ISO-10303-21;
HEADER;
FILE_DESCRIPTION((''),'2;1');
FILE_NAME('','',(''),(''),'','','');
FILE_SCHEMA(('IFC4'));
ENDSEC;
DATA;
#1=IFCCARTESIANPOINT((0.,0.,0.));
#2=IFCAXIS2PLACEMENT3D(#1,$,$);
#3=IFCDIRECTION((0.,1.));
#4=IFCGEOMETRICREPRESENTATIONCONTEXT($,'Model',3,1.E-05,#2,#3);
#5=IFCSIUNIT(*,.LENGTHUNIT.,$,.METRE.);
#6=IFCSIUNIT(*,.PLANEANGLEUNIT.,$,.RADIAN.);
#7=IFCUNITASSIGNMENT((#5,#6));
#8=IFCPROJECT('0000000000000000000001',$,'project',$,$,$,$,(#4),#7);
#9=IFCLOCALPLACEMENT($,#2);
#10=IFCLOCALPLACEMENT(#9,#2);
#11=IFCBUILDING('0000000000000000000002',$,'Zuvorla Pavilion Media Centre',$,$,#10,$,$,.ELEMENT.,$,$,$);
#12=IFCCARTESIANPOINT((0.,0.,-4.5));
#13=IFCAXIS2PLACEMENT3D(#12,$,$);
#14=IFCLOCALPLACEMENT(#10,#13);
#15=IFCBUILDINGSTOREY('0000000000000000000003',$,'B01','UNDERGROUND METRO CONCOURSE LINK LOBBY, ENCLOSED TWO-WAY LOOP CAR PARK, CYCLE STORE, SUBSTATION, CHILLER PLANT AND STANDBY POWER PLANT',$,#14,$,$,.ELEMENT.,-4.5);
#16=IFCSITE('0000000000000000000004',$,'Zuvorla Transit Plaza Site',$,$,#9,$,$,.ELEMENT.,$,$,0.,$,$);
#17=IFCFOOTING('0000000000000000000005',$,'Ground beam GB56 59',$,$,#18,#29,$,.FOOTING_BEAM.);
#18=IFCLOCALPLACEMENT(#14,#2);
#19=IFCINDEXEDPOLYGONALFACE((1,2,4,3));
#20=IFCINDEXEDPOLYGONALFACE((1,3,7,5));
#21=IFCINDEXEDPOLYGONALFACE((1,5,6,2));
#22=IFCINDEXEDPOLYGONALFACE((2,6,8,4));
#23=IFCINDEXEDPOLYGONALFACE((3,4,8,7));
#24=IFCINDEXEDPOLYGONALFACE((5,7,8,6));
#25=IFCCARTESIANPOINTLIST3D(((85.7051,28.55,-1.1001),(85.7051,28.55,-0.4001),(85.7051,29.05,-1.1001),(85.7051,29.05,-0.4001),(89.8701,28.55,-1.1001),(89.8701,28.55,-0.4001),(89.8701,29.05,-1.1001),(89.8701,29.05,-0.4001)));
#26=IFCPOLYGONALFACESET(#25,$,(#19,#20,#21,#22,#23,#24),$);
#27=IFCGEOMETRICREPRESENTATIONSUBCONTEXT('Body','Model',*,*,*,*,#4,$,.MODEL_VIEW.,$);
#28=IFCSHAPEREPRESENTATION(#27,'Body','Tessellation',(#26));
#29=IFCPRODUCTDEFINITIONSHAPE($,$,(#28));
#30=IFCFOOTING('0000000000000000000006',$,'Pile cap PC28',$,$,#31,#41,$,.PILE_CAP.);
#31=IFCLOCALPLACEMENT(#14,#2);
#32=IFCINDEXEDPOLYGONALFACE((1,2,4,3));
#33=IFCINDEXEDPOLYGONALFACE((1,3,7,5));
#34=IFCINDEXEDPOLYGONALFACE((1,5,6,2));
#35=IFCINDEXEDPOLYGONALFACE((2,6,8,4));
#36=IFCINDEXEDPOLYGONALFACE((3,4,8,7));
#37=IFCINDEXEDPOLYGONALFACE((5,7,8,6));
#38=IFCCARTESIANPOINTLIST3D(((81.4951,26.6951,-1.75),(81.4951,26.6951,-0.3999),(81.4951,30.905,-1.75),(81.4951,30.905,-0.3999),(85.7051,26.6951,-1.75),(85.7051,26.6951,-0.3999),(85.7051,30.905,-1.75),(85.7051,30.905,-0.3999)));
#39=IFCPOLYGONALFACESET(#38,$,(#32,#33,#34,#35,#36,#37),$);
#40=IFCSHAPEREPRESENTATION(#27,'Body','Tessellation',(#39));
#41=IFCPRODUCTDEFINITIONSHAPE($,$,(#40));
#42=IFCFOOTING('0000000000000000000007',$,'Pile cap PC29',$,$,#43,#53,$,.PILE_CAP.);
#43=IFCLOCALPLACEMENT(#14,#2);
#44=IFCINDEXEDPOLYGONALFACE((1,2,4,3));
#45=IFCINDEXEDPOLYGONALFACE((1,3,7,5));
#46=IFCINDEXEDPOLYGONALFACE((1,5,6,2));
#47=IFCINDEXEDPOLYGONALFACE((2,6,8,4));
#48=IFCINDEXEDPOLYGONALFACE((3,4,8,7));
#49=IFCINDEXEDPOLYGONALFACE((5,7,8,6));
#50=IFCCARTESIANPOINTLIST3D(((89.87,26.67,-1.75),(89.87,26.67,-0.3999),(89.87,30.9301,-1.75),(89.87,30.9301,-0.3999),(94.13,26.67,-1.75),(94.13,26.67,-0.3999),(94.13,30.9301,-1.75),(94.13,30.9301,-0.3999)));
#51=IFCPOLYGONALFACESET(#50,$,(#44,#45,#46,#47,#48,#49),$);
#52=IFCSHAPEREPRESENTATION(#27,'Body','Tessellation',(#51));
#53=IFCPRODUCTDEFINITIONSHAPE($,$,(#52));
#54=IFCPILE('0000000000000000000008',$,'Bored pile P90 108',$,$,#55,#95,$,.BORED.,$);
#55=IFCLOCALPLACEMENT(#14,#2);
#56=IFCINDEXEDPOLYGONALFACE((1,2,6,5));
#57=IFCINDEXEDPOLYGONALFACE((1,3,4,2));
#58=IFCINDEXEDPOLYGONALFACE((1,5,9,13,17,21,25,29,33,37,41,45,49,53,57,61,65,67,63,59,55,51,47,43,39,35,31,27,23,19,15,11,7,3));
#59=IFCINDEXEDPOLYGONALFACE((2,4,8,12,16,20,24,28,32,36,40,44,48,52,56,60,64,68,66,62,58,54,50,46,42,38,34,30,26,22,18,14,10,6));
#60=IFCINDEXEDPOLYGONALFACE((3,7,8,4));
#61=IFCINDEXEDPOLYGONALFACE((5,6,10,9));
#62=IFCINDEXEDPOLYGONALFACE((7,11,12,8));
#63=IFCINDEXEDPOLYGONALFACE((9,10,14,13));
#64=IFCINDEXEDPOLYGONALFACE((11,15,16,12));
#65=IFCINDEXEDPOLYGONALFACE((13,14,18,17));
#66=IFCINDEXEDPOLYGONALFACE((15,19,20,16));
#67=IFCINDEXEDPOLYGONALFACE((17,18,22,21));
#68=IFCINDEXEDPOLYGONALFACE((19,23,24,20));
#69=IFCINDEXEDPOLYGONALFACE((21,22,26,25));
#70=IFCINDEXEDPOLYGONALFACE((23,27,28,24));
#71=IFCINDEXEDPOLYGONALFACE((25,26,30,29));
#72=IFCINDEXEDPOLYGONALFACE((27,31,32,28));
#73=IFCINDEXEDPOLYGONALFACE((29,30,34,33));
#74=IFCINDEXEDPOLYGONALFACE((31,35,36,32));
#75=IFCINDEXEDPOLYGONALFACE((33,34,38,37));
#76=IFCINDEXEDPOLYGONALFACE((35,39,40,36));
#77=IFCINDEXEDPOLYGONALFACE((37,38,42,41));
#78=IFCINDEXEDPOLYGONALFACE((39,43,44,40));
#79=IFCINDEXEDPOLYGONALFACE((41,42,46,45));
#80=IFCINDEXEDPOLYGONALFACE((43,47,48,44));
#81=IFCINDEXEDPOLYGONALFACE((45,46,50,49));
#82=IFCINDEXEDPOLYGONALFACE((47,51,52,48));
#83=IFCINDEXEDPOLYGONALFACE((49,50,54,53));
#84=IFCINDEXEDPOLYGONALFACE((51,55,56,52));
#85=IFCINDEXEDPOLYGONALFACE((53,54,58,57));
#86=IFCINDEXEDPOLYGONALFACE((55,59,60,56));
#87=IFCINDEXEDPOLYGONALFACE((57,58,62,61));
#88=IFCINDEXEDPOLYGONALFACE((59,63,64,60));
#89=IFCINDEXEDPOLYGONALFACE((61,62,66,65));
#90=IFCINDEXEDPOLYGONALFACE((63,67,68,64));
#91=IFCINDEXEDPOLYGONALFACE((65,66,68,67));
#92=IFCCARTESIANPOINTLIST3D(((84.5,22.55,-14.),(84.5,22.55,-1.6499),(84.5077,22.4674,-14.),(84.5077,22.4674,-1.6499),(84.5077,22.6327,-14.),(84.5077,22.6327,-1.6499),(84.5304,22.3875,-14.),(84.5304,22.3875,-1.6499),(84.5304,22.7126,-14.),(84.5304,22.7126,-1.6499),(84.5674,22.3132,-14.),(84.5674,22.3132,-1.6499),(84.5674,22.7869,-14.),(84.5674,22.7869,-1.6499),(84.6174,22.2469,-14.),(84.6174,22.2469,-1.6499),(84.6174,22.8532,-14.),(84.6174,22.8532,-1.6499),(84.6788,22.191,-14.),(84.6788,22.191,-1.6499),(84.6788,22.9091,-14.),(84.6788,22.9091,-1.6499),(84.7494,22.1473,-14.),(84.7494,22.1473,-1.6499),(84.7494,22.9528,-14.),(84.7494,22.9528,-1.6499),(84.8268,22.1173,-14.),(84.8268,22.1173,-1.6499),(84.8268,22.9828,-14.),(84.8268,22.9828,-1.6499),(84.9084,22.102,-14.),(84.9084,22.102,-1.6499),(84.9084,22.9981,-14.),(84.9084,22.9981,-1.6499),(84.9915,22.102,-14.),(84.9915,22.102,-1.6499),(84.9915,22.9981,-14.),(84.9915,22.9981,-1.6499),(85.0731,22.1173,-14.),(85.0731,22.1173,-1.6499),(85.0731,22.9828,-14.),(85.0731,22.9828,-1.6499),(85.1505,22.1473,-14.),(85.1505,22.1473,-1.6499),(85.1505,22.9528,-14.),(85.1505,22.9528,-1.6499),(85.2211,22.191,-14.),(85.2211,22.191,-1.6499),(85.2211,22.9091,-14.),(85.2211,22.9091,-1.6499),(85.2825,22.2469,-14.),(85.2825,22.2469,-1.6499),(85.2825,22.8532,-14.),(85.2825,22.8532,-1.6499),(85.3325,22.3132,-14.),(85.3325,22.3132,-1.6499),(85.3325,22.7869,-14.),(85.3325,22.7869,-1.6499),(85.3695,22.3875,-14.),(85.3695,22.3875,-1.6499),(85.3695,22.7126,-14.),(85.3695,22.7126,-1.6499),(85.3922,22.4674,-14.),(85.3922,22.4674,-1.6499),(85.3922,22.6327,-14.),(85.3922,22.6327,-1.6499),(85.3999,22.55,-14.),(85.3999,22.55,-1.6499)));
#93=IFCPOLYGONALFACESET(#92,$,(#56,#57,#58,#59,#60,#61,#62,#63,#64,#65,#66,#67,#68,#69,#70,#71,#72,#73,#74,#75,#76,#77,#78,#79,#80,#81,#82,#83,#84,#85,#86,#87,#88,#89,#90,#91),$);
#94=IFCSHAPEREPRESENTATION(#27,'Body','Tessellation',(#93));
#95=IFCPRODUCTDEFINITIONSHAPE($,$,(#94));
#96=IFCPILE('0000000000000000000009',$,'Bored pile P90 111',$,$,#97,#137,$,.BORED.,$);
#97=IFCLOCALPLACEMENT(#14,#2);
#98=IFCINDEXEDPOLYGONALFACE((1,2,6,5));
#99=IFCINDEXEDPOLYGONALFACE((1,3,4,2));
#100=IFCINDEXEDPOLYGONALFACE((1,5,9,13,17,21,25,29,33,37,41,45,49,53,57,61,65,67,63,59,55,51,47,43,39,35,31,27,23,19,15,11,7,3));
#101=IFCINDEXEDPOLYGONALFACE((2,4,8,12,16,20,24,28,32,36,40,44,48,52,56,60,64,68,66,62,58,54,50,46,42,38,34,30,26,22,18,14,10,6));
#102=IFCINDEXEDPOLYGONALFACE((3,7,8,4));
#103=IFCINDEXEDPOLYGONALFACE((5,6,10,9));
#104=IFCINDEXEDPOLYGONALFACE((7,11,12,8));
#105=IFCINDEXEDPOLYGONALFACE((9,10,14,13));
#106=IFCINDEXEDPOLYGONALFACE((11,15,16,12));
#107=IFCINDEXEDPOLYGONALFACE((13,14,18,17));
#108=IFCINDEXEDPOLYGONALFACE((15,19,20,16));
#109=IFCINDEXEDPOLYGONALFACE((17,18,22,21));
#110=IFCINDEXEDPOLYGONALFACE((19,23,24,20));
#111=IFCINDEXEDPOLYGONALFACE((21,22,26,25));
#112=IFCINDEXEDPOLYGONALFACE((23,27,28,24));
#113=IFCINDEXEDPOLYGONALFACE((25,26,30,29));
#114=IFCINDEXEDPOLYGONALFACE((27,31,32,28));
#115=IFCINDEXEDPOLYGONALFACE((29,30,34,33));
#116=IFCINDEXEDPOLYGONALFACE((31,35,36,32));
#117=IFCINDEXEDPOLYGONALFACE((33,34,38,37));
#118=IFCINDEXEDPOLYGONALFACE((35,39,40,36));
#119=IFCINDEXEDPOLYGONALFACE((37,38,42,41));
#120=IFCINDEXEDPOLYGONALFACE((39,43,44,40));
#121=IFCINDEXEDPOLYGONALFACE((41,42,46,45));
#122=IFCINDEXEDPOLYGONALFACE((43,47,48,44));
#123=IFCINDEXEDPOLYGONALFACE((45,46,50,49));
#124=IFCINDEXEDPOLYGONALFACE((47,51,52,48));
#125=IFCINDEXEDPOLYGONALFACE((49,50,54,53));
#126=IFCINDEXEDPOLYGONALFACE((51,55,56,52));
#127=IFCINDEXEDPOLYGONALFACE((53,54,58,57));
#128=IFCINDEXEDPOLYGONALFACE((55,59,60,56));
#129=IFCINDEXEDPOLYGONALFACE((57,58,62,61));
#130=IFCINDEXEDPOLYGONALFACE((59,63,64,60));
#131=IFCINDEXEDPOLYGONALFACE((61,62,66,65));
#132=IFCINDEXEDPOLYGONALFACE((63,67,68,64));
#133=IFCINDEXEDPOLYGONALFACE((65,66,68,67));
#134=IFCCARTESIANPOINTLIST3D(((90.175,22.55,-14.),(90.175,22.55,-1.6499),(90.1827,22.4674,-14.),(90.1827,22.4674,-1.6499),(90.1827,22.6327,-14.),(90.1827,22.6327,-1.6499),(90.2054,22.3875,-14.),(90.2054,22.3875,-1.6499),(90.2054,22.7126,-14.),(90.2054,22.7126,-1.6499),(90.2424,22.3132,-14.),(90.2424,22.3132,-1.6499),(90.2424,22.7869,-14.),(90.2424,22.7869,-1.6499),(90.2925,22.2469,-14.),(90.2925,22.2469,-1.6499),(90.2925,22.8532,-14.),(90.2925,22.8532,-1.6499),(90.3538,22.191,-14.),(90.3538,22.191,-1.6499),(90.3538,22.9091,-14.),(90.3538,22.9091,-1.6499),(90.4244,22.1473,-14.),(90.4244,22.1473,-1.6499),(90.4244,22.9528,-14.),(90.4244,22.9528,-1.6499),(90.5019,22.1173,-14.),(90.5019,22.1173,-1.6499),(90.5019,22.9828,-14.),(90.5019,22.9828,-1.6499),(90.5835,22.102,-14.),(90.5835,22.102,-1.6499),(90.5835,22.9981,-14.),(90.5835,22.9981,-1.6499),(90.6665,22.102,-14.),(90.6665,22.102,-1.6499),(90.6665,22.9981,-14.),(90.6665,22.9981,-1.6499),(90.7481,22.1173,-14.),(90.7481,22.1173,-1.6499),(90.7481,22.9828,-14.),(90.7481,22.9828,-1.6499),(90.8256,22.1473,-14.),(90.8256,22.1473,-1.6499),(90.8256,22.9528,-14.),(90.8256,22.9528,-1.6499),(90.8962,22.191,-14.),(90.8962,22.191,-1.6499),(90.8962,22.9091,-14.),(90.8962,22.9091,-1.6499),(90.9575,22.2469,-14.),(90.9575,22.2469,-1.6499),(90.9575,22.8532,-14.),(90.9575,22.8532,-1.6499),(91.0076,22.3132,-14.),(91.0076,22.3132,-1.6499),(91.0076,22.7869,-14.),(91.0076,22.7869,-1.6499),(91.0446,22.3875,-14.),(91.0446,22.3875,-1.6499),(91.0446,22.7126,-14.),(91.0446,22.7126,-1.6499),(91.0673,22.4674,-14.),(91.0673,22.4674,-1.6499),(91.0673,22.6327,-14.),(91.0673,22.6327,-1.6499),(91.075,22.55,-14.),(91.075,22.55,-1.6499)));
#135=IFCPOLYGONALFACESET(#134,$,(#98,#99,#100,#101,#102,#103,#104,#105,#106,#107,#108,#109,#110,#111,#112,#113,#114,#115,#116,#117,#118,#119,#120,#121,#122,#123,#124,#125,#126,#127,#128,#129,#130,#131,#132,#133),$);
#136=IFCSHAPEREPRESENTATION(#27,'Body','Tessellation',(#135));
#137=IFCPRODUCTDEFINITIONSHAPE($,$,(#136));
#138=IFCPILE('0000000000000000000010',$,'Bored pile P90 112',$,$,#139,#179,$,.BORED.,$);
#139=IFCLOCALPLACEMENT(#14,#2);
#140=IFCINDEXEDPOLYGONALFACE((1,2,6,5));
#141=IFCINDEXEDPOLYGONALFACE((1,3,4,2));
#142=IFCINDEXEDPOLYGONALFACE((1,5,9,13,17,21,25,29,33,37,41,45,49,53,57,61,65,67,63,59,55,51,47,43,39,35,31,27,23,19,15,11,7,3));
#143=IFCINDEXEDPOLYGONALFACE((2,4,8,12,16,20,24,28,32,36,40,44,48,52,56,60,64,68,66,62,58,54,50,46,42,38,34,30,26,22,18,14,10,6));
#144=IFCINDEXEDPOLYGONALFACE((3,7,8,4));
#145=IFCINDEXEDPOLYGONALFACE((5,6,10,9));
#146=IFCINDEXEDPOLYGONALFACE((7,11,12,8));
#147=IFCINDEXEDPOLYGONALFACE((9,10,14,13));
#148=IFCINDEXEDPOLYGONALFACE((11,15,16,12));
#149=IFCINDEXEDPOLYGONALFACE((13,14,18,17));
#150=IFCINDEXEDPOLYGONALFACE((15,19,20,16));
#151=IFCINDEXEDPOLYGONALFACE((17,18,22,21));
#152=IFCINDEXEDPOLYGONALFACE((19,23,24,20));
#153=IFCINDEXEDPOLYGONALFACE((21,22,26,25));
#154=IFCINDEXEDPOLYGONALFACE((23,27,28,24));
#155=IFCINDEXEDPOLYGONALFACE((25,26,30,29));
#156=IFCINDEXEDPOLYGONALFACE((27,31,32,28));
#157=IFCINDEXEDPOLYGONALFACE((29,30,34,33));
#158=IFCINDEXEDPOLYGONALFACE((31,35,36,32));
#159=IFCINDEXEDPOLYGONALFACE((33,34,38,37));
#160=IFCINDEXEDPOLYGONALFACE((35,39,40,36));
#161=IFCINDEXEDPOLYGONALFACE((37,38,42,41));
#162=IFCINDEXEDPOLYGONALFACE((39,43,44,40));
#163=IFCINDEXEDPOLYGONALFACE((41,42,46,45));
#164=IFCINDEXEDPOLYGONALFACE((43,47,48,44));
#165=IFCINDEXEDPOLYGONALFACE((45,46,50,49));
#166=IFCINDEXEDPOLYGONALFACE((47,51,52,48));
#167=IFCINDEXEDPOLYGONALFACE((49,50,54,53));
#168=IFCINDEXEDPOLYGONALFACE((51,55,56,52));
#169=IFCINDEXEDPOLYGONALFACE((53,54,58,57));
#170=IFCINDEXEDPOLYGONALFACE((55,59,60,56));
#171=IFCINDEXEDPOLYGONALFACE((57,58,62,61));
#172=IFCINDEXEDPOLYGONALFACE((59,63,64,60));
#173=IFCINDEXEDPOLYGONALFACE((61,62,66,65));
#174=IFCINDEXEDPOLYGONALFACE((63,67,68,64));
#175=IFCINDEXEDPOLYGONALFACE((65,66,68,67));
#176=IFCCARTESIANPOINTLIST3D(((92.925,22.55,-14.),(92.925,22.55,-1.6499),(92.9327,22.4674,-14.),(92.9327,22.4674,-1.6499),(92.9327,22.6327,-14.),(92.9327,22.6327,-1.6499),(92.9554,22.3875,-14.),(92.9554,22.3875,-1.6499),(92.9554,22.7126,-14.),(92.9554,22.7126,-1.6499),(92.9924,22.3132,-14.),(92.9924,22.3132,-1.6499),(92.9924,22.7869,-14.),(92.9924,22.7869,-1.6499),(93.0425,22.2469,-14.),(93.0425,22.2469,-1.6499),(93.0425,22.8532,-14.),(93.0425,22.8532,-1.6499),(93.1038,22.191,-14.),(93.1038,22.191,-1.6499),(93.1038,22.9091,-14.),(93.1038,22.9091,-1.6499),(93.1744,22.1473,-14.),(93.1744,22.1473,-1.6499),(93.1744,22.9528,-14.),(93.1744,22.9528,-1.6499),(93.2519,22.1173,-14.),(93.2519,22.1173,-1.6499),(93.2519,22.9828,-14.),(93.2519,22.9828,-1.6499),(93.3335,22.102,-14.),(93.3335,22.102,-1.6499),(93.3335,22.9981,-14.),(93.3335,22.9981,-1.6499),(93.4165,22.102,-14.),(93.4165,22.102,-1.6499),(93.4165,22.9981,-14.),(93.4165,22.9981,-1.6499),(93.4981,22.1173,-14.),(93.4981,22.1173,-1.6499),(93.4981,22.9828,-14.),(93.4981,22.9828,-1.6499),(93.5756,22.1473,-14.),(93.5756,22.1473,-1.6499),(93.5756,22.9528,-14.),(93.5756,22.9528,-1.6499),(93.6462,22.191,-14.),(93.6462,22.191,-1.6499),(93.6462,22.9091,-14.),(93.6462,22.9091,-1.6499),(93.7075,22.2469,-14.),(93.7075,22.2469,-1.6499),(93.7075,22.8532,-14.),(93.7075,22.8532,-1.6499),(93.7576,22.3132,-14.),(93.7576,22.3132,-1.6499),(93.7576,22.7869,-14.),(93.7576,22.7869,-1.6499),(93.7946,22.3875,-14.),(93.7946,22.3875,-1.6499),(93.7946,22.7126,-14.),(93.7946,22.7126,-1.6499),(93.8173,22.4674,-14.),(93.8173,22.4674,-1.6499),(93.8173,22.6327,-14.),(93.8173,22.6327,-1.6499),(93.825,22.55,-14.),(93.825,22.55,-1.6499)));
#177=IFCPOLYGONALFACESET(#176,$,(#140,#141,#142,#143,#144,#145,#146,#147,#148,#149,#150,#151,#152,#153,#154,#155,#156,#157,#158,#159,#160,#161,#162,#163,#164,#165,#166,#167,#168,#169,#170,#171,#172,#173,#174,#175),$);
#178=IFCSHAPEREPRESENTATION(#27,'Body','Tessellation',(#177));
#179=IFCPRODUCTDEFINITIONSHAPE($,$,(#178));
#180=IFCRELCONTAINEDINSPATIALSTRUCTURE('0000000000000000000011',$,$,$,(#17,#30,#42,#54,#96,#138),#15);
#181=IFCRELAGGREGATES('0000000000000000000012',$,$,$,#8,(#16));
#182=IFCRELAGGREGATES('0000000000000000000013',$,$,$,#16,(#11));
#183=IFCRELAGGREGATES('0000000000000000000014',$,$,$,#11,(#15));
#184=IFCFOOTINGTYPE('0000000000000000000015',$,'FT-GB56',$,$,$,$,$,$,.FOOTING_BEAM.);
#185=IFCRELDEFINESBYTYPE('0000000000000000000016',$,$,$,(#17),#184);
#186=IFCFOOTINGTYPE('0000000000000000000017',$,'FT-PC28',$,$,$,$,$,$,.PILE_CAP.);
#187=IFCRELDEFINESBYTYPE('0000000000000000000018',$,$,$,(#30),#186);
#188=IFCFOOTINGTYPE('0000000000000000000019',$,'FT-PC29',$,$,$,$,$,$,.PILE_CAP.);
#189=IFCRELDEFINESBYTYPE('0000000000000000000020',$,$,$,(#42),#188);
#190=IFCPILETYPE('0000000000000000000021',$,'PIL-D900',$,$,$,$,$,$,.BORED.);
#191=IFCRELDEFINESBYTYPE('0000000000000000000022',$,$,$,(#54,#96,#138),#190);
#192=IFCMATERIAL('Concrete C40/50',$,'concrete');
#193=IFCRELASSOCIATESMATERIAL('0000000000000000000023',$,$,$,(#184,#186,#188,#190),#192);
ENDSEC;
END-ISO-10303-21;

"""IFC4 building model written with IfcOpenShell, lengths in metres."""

from ifc_helpers import new_model, si_unit, direction, frame, origin, origin_2d, place, context, subcontext, project, spatial, rectangle, circle, extrude, material, material_profile, profile_set, type_object, element, save


model = new_model("IFC4")

# Units and contexts
model_context = context("Model", 3, precision=1e-05, world=origin(), true_north=direction((0.0, 1.0)))
body_context = subcontext(model_context, "Body", "Model", "MODEL_VIEW")
ifc_project = project(units=[si_unit("LENGTHUNIT", "METRE"), si_unit("PLANEANGLEUNIT", "RADIAN")], contexts=[model_context])

# Site, building, storey
site_placement = place(None, origin())
site = spatial("IfcSite", under=ifc_project, at=site_placement, Name="Zuvorla Transit Plaza Site", CompositionType="ELEMENT", RefElevation=0.0)
building_placement = place(site_placement, origin())
building = spatial("IfcBuilding", under=site, at=building_placement, Name="Zuvorla Pavilion Media Centre", CompositionType="ELEMENT")
storey_placement = place(building_placement, frame((0.0, 0.0, -4.5)))
storey = spatial("IfcBuildingStorey", under=building, at=storey_placement, Name="B01", Description="UNDERGROUND METRO CONCOURSE LINK LOBBY, ENCLOSED TWO-WAY LOOP CAR PARK, CYCLE STORE, SUBSTATION, CHILLER PLANT AND STANDBY POWER PLANT", CompositionType="ELEMENT", Elevation=-4.5)

# Footings
ifc_material_1 = material(Name="Concrete C40/50", Category="concrete")
footing_type_1 = type_object("IfcFootingType", Name="FT-GB56", PredefinedType="FOOTING_BEAM", material=ifc_material_1)
footing_1_placement = place(storey_placement, frame((87.7876, 28.8, -1.1001), z_axis=(0.0, 0.0, 1.0), x_axis=(1.0, 0.0, 0.0)))
element("IfcFooting", 1, at=footing_1_placement, inside=storey, type_object=footing_type_1, Name="Ground beam GB56 59", PredefinedType="FOOTING_BEAM", context=body_context, shape_type="SweptSolid", body=[
    extrude(rectangle(XDim=4.165, YDim=0.5, at=origin_2d()), origin(), (0.0, 0.0, 1.0), 0.7),
])
footing_type_2 = type_object("IfcFootingType", Name="FT-PC28", PredefinedType="PILE_CAP", material=ifc_material_1)
footing_2_placement = place(storey_placement, frame((83.6001, 28.8, -1.75), z_axis=(0.0, 0.0, 1.0), x_axis=(1.0, 0.0, 0.0)))
element("IfcFooting", 2, at=footing_2_placement, inside=storey, type_object=footing_type_2, Name="Pile cap PC28", PredefinedType="PILE_CAP", context=body_context, shape_type="SweptSolid", body=[
    extrude(rectangle(XDim=4.21, YDim=4.21, at=origin_2d()), origin(), (0.0, 0.0, 1.0), 1.3501),
])
footing_type_3 = type_object("IfcFootingType", Name="FT-PC29", PredefinedType="PILE_CAP", material=ifc_material_1)
footing_3_placement = place(storey_placement, frame((92.0, 28.8, -1.75), z_axis=(0.0, 0.0, 1.0), x_axis=(1.0, 0.0, 0.0)))
element("IfcFooting", 3, at=footing_3_placement, inside=storey, type_object=footing_type_3, Name="Pile cap PC29", PredefinedType="PILE_CAP", context=body_context, shape_type="SweptSolid", body=[
    extrude(rectangle(XDim=4.26, YDim=4.26, at=origin_2d()), origin(), (0.0, 0.0, 1.0), 1.3501),
])

# Piles
ifc_material_profile_1 = material_profile(ifc_material_1, circle(Radius=0.45, at=origin_2d()), Name="BORED PILE 900")
ifc_profile_set_1 = profile_set([ifc_material_profile_1], Name="Concrete C40/50")
pile_type = type_object("IfcPileType", Name="PIL-D900", PredefinedType="BORED", material=ifc_profile_set_1)
for number, where, z_axis, x_axis, name in (
    (4, (84.95, 22.55, -1.6499), (0.0, 0.0, -1.0), (1.0, 0.0, 0.0), "Bored pile P90 108"),
    (5, (90.625, 22.55, -1.6499), (0.0, 0.0, -1.0), (1.0, 0.0, 0.0), "Bored pile P90 111"),
    (6, (93.375, 22.55, -1.6499), (0.0, 0.0, -1.0), (1.0, 0.0, 0.0), "Bored pile P90 112"),
):
    element("IfcPile", number, at=place(storey_placement, frame(where, z_axis=z_axis, x_axis=x_axis)), inside=storey, type_object=pile_type, Name=name, PredefinedType="BORED", context=body_context, shape_type="SweptSolid", body=[
        extrude(circle(Radius=0.45, at=origin_2d()), origin(), (0.0, 0.0, 1.0), 12.3501),
    ])

save(model, "model.ifc")
